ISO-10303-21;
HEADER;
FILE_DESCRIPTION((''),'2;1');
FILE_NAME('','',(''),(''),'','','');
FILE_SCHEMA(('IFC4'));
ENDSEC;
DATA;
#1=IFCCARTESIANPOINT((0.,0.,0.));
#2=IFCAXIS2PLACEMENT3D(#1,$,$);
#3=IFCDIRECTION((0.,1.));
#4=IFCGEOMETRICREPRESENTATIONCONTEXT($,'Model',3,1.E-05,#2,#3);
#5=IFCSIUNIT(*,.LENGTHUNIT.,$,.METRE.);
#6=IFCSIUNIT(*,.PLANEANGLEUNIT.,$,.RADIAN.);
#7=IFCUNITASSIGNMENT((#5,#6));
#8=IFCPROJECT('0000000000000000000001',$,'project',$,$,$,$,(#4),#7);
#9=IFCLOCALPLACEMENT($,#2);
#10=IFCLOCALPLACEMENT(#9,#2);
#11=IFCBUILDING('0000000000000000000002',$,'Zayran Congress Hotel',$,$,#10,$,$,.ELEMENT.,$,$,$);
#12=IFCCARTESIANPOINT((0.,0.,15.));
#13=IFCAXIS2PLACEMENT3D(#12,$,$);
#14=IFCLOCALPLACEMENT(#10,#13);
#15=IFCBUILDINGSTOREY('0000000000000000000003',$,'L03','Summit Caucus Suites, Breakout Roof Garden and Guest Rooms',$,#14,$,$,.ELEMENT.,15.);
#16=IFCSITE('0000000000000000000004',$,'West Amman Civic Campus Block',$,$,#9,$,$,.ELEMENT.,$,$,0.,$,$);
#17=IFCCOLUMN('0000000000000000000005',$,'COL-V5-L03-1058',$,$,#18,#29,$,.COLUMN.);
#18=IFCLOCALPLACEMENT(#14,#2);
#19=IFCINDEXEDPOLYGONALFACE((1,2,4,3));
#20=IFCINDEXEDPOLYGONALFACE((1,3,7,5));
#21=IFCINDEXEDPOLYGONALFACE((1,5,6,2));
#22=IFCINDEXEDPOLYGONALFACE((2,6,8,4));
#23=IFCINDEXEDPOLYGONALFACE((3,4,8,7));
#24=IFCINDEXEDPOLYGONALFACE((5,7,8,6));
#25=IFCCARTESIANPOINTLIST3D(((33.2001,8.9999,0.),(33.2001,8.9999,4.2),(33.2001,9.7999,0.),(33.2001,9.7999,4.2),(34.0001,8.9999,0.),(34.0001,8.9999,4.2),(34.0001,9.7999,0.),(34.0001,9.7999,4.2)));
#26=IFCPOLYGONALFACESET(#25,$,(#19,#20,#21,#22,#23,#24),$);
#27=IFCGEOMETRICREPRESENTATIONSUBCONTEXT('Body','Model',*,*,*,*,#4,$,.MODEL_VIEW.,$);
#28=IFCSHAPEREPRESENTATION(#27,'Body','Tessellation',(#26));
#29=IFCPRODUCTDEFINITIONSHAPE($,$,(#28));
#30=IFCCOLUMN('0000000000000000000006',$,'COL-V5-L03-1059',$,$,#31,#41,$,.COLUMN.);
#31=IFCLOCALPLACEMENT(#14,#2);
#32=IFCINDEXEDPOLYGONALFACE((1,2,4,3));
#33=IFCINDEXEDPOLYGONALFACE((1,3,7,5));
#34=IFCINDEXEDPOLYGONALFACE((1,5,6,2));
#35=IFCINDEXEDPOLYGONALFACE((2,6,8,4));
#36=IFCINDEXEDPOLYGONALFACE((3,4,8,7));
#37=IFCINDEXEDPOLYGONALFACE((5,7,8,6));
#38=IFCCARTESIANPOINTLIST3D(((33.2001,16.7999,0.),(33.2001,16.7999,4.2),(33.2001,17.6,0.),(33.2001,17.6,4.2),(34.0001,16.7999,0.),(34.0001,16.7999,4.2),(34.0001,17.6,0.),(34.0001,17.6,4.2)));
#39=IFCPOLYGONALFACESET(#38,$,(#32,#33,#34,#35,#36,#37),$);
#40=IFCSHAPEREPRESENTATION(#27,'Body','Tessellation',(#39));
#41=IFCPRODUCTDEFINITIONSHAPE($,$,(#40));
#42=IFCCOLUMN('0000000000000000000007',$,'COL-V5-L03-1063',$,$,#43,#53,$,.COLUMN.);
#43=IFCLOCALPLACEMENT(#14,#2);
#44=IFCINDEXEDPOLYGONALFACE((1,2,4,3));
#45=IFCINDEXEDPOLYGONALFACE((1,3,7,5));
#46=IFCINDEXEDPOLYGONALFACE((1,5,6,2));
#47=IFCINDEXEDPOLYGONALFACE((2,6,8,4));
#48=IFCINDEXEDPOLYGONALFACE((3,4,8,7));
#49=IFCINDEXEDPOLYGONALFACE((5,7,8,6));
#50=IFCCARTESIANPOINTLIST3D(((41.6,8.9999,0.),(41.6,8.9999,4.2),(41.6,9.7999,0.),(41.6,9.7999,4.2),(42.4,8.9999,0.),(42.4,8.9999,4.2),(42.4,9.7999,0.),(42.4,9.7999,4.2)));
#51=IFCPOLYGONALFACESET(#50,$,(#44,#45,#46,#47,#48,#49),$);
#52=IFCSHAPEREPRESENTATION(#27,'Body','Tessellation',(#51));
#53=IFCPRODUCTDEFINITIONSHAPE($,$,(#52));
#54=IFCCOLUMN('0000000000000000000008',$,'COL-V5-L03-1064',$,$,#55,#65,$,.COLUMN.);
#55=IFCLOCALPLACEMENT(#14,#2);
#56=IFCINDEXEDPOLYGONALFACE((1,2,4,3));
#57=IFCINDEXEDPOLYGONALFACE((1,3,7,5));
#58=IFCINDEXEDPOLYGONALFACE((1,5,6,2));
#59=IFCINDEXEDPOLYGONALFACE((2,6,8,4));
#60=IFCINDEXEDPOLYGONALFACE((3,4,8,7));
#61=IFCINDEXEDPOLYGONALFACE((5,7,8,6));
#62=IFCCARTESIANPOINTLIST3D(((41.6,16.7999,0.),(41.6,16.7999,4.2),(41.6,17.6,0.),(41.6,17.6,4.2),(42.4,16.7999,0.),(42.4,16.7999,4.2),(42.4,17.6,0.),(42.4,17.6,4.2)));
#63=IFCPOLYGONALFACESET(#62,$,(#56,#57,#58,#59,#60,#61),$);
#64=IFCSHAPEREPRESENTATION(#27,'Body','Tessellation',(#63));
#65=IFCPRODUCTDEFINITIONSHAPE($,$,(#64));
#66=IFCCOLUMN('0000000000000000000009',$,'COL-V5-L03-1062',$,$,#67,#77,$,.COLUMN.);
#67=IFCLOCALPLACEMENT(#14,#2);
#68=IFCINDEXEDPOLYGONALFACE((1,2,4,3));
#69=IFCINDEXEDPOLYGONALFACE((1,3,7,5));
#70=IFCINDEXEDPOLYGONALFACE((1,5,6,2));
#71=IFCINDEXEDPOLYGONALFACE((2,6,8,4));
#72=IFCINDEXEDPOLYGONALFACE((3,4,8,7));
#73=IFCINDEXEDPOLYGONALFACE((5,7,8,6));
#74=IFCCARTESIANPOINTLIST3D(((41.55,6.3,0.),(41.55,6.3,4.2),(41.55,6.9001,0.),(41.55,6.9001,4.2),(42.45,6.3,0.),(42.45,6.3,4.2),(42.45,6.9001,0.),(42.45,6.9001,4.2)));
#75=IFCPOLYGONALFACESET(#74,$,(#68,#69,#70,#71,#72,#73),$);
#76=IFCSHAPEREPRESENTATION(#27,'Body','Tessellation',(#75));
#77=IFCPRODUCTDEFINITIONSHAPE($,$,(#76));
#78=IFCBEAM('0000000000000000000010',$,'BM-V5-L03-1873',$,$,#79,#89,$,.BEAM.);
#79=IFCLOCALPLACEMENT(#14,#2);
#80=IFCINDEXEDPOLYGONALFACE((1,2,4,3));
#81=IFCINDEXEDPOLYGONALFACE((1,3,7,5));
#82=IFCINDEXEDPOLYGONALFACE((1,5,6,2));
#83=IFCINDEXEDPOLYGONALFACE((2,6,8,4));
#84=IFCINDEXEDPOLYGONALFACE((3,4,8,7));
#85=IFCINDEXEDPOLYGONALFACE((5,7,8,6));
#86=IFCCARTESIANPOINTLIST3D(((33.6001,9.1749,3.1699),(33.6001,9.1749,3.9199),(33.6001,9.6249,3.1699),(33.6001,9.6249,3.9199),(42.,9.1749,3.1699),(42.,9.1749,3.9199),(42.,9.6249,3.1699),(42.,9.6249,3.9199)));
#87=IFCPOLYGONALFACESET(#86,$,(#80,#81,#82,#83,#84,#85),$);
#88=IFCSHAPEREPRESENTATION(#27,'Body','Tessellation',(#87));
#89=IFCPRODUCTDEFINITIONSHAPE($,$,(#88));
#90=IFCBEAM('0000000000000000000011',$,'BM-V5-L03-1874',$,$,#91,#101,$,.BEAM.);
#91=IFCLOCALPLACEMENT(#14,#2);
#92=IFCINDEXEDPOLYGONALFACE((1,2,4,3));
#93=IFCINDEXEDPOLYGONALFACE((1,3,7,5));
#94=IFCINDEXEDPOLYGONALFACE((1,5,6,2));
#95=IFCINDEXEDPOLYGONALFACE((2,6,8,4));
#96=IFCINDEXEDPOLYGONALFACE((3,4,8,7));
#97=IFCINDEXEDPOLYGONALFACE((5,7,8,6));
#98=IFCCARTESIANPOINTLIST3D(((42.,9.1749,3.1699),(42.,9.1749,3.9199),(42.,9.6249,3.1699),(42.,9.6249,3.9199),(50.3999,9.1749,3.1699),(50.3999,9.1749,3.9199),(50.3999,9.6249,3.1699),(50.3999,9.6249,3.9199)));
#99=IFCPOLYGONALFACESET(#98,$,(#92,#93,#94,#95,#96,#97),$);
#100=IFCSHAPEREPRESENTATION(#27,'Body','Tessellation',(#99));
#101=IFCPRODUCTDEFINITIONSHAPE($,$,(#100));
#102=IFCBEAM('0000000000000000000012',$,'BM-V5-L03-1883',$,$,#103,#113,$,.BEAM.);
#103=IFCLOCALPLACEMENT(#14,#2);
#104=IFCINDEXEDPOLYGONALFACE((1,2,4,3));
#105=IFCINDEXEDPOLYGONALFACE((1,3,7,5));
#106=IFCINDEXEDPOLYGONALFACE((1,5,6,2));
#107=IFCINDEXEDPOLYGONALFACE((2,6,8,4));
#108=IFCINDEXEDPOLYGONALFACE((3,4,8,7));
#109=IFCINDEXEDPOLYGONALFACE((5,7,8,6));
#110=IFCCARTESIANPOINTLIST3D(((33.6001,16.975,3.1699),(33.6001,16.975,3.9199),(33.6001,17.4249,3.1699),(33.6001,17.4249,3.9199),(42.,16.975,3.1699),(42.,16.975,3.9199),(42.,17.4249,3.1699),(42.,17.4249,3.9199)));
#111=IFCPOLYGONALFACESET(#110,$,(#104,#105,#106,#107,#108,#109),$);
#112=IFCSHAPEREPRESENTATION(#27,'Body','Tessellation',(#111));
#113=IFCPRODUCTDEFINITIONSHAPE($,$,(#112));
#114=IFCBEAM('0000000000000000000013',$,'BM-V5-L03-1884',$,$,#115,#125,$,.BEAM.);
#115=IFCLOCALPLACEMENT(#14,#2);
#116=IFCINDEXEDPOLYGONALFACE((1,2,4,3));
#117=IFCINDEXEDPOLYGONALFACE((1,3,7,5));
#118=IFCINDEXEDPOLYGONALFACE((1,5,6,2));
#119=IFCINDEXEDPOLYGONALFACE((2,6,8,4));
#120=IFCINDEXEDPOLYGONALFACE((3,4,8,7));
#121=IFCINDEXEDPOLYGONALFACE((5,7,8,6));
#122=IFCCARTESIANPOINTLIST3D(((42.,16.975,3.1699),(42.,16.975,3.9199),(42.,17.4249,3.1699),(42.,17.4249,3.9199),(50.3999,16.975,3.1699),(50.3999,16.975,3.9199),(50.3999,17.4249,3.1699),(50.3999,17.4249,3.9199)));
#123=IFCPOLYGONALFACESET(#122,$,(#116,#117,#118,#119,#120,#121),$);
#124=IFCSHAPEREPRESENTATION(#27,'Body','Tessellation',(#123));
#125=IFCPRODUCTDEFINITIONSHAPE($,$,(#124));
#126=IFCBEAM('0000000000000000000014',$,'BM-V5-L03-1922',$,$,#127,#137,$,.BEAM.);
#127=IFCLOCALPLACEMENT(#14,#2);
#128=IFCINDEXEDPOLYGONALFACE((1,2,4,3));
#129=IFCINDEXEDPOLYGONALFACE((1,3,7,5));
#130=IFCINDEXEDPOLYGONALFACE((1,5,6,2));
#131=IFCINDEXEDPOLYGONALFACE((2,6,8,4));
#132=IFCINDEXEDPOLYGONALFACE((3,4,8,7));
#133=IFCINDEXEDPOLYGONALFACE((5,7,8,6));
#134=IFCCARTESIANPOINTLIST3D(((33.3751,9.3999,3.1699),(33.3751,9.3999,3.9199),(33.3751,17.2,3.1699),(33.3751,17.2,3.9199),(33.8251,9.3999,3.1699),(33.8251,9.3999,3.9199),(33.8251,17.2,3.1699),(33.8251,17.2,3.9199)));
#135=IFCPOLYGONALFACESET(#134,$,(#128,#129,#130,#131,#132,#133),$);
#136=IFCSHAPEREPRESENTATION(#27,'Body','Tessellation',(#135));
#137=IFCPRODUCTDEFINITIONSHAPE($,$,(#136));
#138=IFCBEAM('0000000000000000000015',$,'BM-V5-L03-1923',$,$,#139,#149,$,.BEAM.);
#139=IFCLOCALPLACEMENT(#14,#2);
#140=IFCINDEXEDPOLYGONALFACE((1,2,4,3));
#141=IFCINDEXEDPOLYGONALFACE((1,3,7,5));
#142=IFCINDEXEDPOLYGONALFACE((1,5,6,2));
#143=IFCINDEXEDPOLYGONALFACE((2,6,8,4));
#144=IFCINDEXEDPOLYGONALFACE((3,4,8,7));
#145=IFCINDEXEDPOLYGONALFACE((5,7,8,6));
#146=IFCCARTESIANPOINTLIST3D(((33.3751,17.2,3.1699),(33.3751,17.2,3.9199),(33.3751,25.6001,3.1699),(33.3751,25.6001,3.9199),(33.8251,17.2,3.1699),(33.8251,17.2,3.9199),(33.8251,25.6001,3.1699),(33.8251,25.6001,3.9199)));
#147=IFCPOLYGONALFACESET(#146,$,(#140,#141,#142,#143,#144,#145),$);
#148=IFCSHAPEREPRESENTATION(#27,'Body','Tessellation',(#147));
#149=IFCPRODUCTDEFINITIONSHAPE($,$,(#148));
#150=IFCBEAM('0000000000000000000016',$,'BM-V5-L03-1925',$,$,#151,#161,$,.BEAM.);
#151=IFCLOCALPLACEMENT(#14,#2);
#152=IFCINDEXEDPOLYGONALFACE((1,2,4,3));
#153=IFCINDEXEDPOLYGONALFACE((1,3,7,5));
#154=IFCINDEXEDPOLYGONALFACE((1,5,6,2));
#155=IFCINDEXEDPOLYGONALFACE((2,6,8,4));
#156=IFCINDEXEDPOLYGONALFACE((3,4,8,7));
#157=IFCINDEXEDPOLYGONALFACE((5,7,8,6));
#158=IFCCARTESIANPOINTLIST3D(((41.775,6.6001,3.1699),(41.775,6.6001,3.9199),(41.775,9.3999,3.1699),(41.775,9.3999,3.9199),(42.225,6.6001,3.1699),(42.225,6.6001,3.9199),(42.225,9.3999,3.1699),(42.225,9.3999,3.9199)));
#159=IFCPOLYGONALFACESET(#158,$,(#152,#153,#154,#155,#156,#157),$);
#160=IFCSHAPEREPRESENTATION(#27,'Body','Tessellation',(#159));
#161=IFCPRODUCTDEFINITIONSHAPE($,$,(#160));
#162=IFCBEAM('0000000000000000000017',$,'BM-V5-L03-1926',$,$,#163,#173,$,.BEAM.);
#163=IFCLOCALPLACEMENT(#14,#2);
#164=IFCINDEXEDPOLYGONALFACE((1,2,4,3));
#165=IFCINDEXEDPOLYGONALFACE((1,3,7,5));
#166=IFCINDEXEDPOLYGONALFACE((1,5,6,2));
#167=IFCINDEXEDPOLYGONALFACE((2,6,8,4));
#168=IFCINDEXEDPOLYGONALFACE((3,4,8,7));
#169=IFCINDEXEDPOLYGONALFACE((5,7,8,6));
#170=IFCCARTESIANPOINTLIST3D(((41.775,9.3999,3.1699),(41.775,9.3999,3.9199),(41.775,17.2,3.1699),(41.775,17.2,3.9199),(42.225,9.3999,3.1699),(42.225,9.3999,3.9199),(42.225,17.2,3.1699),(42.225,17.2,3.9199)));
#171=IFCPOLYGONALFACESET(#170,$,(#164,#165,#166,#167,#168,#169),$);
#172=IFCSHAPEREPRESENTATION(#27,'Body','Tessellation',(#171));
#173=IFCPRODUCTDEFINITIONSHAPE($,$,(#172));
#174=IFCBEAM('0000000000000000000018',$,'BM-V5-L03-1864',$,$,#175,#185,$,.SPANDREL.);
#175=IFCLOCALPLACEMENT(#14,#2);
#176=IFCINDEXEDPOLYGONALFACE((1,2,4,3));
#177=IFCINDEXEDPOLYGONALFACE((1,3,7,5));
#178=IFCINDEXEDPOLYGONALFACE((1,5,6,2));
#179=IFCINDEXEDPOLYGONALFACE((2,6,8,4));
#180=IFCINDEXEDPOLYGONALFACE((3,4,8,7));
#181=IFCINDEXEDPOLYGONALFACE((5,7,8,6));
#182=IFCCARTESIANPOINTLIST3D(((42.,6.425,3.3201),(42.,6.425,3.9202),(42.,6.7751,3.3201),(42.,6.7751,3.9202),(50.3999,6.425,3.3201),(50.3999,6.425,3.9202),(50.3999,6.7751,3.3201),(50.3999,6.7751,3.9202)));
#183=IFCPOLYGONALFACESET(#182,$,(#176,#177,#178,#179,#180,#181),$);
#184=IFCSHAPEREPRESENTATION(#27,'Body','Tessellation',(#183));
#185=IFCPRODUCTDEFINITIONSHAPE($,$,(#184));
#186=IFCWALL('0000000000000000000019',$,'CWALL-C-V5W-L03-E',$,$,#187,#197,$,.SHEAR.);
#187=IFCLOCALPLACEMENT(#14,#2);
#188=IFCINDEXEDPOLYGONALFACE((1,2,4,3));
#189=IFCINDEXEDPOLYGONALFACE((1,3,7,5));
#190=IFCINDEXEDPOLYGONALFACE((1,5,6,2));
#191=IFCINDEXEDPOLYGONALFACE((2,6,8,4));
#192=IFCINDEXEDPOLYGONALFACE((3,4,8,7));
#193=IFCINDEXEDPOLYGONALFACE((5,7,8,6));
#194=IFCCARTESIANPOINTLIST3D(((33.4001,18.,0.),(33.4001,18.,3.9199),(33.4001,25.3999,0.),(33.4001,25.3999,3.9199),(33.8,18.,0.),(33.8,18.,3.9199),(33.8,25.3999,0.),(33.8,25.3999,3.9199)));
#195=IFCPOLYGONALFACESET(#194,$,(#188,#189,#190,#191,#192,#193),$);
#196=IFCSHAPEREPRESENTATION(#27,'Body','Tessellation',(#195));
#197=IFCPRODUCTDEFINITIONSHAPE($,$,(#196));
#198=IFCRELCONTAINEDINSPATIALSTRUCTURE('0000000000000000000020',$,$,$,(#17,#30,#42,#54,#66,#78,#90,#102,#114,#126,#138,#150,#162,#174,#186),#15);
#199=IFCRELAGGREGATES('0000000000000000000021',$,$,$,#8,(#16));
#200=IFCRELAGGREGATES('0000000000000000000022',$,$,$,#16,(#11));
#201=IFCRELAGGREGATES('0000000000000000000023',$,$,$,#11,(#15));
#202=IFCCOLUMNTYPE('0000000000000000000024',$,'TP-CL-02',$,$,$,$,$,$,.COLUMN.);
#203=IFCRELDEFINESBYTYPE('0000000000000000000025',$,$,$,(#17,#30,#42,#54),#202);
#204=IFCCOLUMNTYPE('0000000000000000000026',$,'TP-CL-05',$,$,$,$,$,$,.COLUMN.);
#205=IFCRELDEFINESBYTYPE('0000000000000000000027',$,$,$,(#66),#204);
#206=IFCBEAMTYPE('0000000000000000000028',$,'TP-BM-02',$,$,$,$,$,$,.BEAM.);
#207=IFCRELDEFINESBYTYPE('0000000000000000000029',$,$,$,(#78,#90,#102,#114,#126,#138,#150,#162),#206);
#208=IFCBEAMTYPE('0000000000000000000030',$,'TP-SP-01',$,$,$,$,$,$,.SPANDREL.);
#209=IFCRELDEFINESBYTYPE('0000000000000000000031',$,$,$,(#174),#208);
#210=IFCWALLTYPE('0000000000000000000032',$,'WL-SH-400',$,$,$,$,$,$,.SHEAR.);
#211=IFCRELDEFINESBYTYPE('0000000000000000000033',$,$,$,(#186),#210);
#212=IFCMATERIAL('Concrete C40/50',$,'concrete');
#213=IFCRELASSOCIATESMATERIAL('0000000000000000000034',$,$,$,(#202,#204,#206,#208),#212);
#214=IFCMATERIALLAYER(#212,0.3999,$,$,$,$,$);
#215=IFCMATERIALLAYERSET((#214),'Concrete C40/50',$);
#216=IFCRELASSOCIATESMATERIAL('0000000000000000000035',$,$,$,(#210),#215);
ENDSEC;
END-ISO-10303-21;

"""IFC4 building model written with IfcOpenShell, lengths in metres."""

from ifc_helpers import new_model, si_unit, direction, frame, frame_2d, origin, origin_2d, place, context, subcontext, project, spatial, rectangle, extrude, material, layer, layer_set, material_profile, profile_set, type_object, element, save


model = new_model("IFC4")

# Units and contexts
model_context = context("Model", 3, precision=1e-05, world=origin(), true_north=direction((0.0, 1.0)))
body_context = subcontext(model_context, "Body", "Model", "MODEL_VIEW")
ifc_project = project(units=[si_unit("LENGTHUNIT", "METRE"), si_unit("PLANEANGLEUNIT", "RADIAN")], contexts=[model_context])

# Site, building, storey
site_placement = place(None, origin())
site = spatial("IfcSite", under=ifc_project, at=site_placement, Name="West Amman Civic Campus Block", CompositionType="ELEMENT", RefElevation=0.0)
building_placement = place(site_placement, origin())
building = spatial("IfcBuilding", under=site, at=building_placement, Name="Zayran Congress Hotel", CompositionType="ELEMENT")
storey_placement = place(building_placement, frame((0.0, 0.0, 15.0)))
storey = spatial("IfcBuildingStorey", under=building, at=storey_placement, Name="L03", Description="Summit Caucus Suites, Breakout Roof Garden and Guest Rooms", CompositionType="ELEMENT", Elevation=15.0)

# Columns
ifc_material_1 = material(Name="Concrete C40/50", Category="concrete")
ifc_material_profile_1 = material_profile(ifc_material_1, rectangle(XDim=0.8, YDim=0.8, at=origin_2d()), Name="RC 800x800")
ifc_profile_set_1 = profile_set([ifc_material_profile_1], Name="Concrete C40/50")
column_type_1 = type_object("IfcColumnType", Name="TP-CL-02", PredefinedType="COLUMN", material=ifc_profile_set_1)
for number, where, z_axis, x_axis, name in (
    (1, (33.6001, 9.3999, 0.0), (0.0, 0.0, 1.0), (1.0, 0.0, 0.0), "COL-V5-L03-1058"),
    (2, (33.6001, 17.2, 0.0), (0.0, 0.0, 1.0), (1.0, 0.0, 0.0), "COL-V5-L03-1059"),
    (3, (42.0, 9.3999, 0.0), (0.0, 0.0, 1.0), (1.0, 0.0, 0.0), "COL-V5-L03-1063"),
    (4, (42.0, 17.2, 0.0), (0.0, 0.0, 1.0), (1.0, 0.0, 0.0), "COL-V5-L03-1064"),
):
    element("IfcColumn", number, at=place(storey_placement, frame(where, z_axis=z_axis, x_axis=x_axis)), inside=storey, type_object=column_type_1, Name=name, PredefinedType="COLUMN", context=body_context, shape_type="SweptSolid", body=[
        extrude(rectangle(XDim=0.8, YDim=0.8, at=origin_2d()), origin(), (0.0, 0.0, 1.0), 4.2),
    ])
ifc_material_profile_2 = material_profile(ifc_material_1, rectangle(XDim=0.6001, YDim=0.8999, at=origin_2d()), Name="RC 900x600")
ifc_profile_set_2 = profile_set([ifc_material_profile_2], Name="Concrete C40/50")
column_type_2 = type_object("IfcColumnType", Name="TP-CL-05", PredefinedType="COLUMN", material=ifc_profile_set_2)
column_placement = place(storey_placement, frame((42.0, 6.6001, 0.0), z_axis=(0.0, 0.0, 1.0), x_axis=(0.0, 1.0, 0.0)))
element("IfcColumn", 5, at=column_placement, inside=storey, type_object=column_type_2, Name="COL-V5-L03-1062", PredefinedType="COLUMN", context=body_context, shape_type="SweptSolid", body=[
    extrude(rectangle(XDim=0.6001, YDim=0.8999, at=origin_2d()), origin(), (0.0, 0.0, 1.0), 4.2),
])

# Beams
ifc_material_profile_3 = material_profile(ifc_material_1, rectangle(XDim=0.45, YDim=0.75, at=origin_2d()), Name="RC 450x750")
ifc_profile_set_3 = profile_set([ifc_material_profile_3], Name="Concrete C40/50")
beam_type_1 = type_object("IfcBeamType", Name="TP-BM-02", PredefinedType="BEAM", material=ifc_profile_set_3)
for number, where, z_axis, x_axis, name in (
    (6, (33.6001, 9.3999, 3.5449), (1.0, 0.0, 0.0), (0.0, 1.0, 0.0), "BM-V5-L03-1873"),
    (7, (42.0, 9.3999, 3.5449), (1.0, 0.0, 0.0), (0.0, 1.0, 0.0), "BM-V5-L03-1874"),
    (8, (33.6001, 17.2, 3.5449), (1.0, 0.0, 0.0), (0.0, 1.0, 0.0), "BM-V5-L03-1883"),
    (9, (42.0, 17.2, 3.5449), (1.0, 0.0, 0.0), (0.0, 1.0, 0.0), "BM-V5-L03-1884"),
):
    element("IfcBeam", number, at=place(storey_placement, frame(where, z_axis=z_axis, x_axis=x_axis)), inside=storey, type_object=beam_type_1, Name=name, PredefinedType="BEAM", context=body_context, shape_type="SweptSolid", body=[
        extrude(rectangle(XDim=0.45, YDim=0.75, at=origin_2d()), origin(), (0.0, 0.0, 1.0), 8.3999),
    ])
beam_1_placement = place(storey_placement, frame((33.6001, 9.3999, 3.5449), z_axis=(0.0, 1.0, 0.0), x_axis=(-1.0, 0.0, 0.0)))
element("IfcBeam", 10, at=beam_1_placement, inside=storey, type_object=beam_type_1, Name="BM-V5-L03-1922", PredefinedType="BEAM", context=body_context, shape_type="SweptSolid", body=[
    extrude(rectangle(XDim=0.45, YDim=0.75, at=origin_2d()), origin(), (0.0, 0.0, 1.0), 7.8),
])
beam_2_placement = place(storey_placement, frame((33.6001, 17.2, 3.5449), z_axis=(0.0, 1.0, 0.0), x_axis=(-1.0, 0.0, 0.0)))
element("IfcBeam", 11, at=beam_2_placement, inside=storey, type_object=beam_type_1, Name="BM-V5-L03-1923", PredefinedType="BEAM", context=body_context, shape_type="SweptSolid", body=[
    extrude(rectangle(XDim=0.45, YDim=0.75, at=origin_2d()), origin(), (0.0, 0.0, 1.0), 8.4001),
])
beam_3_placement = place(storey_placement, frame((42.0, 6.6001, 3.5449), z_axis=(0.0, 1.0, 0.0), x_axis=(-1.0, 0.0, 0.0)))
element("IfcBeam", 12, at=beam_3_placement, inside=storey, type_object=beam_type_1, Name="BM-V5-L03-1925", PredefinedType="BEAM", context=body_context, shape_type="SweptSolid", body=[
    extrude(rectangle(XDim=0.45, YDim=0.75, at=origin_2d()), origin(), (0.0, 0.0, 1.0), 2.7998),
])
beam_4_placement = place(storey_placement, frame((42.0, 9.3999, 3.5449), z_axis=(0.0, 1.0, 0.0), x_axis=(-1.0, 0.0, 0.0)))
element("IfcBeam", 13, at=beam_4_placement, inside=storey, type_object=beam_type_1, Name="BM-V5-L03-1926", PredefinedType="BEAM", context=body_context, shape_type="SweptSolid", body=[
    extrude(rectangle(XDim=0.45, YDim=0.75, at=origin_2d()), origin(), (0.0, 0.0, 1.0), 7.8),
])
ifc_material_profile_4 = material_profile(ifc_material_1, rectangle(XDim=0.3501, YDim=0.6001, at=origin_2d()), Name="RC 350x600")
ifc_profile_set_4 = profile_set([ifc_material_profile_4], Name="Concrete C40/50")
beam_type_2 = type_object("IfcBeamType", Name="TP-SP-01", PredefinedType="SPANDREL", material=ifc_profile_set_4)
beam_5_placement = place(storey_placement, frame((42.0, 6.6001, 3.6201), z_axis=(1.0, 0.0, 0.0), x_axis=(0.0, 1.0, 0.0)))
element("IfcBeam", 14, at=beam_5_placement, inside=storey, type_object=beam_type_2, Name="BM-V5-L03-1864", PredefinedType="SPANDREL", context=body_context, shape_type="SweptSolid", body=[
    extrude(rectangle(XDim=0.3501, YDim=0.6001, at=origin_2d()), origin(), (0.0, 0.0, 1.0), 8.3999),
])

# Wall
ifc_layer_1 = layer(ifc_material_1, 0.3999)
ifc_layer_set_1 = layer_set([ifc_layer_1], Name="Concrete C40/50")
wall_type_1 = type_object("IfcWallType", Name="WL-SH-400", PredefinedType="SHEAR", material=ifc_layer_set_1)
wall_1_placement = place(storey_placement, frame((33.6001, 18.0, 0.0), z_axis=(0.0, 0.0, 1.0), x_axis=(0.0, 1.0, 0.0)))
element("IfcWall", 15, at=wall_1_placement, inside=storey, type_object=wall_type_1, Name="CWALL-C-V5W-L03-E", PredefinedType="SHEAR", context=body_context, shape_type="SweptSolid", body=[
    extrude(rectangle(XDim=7.3999, YDim=0.3999, at=frame_2d((3.7, 0.0))), origin(), (0.0, 0.0, 1.0), 3.9199),
])

save(model, "model.ifc")
